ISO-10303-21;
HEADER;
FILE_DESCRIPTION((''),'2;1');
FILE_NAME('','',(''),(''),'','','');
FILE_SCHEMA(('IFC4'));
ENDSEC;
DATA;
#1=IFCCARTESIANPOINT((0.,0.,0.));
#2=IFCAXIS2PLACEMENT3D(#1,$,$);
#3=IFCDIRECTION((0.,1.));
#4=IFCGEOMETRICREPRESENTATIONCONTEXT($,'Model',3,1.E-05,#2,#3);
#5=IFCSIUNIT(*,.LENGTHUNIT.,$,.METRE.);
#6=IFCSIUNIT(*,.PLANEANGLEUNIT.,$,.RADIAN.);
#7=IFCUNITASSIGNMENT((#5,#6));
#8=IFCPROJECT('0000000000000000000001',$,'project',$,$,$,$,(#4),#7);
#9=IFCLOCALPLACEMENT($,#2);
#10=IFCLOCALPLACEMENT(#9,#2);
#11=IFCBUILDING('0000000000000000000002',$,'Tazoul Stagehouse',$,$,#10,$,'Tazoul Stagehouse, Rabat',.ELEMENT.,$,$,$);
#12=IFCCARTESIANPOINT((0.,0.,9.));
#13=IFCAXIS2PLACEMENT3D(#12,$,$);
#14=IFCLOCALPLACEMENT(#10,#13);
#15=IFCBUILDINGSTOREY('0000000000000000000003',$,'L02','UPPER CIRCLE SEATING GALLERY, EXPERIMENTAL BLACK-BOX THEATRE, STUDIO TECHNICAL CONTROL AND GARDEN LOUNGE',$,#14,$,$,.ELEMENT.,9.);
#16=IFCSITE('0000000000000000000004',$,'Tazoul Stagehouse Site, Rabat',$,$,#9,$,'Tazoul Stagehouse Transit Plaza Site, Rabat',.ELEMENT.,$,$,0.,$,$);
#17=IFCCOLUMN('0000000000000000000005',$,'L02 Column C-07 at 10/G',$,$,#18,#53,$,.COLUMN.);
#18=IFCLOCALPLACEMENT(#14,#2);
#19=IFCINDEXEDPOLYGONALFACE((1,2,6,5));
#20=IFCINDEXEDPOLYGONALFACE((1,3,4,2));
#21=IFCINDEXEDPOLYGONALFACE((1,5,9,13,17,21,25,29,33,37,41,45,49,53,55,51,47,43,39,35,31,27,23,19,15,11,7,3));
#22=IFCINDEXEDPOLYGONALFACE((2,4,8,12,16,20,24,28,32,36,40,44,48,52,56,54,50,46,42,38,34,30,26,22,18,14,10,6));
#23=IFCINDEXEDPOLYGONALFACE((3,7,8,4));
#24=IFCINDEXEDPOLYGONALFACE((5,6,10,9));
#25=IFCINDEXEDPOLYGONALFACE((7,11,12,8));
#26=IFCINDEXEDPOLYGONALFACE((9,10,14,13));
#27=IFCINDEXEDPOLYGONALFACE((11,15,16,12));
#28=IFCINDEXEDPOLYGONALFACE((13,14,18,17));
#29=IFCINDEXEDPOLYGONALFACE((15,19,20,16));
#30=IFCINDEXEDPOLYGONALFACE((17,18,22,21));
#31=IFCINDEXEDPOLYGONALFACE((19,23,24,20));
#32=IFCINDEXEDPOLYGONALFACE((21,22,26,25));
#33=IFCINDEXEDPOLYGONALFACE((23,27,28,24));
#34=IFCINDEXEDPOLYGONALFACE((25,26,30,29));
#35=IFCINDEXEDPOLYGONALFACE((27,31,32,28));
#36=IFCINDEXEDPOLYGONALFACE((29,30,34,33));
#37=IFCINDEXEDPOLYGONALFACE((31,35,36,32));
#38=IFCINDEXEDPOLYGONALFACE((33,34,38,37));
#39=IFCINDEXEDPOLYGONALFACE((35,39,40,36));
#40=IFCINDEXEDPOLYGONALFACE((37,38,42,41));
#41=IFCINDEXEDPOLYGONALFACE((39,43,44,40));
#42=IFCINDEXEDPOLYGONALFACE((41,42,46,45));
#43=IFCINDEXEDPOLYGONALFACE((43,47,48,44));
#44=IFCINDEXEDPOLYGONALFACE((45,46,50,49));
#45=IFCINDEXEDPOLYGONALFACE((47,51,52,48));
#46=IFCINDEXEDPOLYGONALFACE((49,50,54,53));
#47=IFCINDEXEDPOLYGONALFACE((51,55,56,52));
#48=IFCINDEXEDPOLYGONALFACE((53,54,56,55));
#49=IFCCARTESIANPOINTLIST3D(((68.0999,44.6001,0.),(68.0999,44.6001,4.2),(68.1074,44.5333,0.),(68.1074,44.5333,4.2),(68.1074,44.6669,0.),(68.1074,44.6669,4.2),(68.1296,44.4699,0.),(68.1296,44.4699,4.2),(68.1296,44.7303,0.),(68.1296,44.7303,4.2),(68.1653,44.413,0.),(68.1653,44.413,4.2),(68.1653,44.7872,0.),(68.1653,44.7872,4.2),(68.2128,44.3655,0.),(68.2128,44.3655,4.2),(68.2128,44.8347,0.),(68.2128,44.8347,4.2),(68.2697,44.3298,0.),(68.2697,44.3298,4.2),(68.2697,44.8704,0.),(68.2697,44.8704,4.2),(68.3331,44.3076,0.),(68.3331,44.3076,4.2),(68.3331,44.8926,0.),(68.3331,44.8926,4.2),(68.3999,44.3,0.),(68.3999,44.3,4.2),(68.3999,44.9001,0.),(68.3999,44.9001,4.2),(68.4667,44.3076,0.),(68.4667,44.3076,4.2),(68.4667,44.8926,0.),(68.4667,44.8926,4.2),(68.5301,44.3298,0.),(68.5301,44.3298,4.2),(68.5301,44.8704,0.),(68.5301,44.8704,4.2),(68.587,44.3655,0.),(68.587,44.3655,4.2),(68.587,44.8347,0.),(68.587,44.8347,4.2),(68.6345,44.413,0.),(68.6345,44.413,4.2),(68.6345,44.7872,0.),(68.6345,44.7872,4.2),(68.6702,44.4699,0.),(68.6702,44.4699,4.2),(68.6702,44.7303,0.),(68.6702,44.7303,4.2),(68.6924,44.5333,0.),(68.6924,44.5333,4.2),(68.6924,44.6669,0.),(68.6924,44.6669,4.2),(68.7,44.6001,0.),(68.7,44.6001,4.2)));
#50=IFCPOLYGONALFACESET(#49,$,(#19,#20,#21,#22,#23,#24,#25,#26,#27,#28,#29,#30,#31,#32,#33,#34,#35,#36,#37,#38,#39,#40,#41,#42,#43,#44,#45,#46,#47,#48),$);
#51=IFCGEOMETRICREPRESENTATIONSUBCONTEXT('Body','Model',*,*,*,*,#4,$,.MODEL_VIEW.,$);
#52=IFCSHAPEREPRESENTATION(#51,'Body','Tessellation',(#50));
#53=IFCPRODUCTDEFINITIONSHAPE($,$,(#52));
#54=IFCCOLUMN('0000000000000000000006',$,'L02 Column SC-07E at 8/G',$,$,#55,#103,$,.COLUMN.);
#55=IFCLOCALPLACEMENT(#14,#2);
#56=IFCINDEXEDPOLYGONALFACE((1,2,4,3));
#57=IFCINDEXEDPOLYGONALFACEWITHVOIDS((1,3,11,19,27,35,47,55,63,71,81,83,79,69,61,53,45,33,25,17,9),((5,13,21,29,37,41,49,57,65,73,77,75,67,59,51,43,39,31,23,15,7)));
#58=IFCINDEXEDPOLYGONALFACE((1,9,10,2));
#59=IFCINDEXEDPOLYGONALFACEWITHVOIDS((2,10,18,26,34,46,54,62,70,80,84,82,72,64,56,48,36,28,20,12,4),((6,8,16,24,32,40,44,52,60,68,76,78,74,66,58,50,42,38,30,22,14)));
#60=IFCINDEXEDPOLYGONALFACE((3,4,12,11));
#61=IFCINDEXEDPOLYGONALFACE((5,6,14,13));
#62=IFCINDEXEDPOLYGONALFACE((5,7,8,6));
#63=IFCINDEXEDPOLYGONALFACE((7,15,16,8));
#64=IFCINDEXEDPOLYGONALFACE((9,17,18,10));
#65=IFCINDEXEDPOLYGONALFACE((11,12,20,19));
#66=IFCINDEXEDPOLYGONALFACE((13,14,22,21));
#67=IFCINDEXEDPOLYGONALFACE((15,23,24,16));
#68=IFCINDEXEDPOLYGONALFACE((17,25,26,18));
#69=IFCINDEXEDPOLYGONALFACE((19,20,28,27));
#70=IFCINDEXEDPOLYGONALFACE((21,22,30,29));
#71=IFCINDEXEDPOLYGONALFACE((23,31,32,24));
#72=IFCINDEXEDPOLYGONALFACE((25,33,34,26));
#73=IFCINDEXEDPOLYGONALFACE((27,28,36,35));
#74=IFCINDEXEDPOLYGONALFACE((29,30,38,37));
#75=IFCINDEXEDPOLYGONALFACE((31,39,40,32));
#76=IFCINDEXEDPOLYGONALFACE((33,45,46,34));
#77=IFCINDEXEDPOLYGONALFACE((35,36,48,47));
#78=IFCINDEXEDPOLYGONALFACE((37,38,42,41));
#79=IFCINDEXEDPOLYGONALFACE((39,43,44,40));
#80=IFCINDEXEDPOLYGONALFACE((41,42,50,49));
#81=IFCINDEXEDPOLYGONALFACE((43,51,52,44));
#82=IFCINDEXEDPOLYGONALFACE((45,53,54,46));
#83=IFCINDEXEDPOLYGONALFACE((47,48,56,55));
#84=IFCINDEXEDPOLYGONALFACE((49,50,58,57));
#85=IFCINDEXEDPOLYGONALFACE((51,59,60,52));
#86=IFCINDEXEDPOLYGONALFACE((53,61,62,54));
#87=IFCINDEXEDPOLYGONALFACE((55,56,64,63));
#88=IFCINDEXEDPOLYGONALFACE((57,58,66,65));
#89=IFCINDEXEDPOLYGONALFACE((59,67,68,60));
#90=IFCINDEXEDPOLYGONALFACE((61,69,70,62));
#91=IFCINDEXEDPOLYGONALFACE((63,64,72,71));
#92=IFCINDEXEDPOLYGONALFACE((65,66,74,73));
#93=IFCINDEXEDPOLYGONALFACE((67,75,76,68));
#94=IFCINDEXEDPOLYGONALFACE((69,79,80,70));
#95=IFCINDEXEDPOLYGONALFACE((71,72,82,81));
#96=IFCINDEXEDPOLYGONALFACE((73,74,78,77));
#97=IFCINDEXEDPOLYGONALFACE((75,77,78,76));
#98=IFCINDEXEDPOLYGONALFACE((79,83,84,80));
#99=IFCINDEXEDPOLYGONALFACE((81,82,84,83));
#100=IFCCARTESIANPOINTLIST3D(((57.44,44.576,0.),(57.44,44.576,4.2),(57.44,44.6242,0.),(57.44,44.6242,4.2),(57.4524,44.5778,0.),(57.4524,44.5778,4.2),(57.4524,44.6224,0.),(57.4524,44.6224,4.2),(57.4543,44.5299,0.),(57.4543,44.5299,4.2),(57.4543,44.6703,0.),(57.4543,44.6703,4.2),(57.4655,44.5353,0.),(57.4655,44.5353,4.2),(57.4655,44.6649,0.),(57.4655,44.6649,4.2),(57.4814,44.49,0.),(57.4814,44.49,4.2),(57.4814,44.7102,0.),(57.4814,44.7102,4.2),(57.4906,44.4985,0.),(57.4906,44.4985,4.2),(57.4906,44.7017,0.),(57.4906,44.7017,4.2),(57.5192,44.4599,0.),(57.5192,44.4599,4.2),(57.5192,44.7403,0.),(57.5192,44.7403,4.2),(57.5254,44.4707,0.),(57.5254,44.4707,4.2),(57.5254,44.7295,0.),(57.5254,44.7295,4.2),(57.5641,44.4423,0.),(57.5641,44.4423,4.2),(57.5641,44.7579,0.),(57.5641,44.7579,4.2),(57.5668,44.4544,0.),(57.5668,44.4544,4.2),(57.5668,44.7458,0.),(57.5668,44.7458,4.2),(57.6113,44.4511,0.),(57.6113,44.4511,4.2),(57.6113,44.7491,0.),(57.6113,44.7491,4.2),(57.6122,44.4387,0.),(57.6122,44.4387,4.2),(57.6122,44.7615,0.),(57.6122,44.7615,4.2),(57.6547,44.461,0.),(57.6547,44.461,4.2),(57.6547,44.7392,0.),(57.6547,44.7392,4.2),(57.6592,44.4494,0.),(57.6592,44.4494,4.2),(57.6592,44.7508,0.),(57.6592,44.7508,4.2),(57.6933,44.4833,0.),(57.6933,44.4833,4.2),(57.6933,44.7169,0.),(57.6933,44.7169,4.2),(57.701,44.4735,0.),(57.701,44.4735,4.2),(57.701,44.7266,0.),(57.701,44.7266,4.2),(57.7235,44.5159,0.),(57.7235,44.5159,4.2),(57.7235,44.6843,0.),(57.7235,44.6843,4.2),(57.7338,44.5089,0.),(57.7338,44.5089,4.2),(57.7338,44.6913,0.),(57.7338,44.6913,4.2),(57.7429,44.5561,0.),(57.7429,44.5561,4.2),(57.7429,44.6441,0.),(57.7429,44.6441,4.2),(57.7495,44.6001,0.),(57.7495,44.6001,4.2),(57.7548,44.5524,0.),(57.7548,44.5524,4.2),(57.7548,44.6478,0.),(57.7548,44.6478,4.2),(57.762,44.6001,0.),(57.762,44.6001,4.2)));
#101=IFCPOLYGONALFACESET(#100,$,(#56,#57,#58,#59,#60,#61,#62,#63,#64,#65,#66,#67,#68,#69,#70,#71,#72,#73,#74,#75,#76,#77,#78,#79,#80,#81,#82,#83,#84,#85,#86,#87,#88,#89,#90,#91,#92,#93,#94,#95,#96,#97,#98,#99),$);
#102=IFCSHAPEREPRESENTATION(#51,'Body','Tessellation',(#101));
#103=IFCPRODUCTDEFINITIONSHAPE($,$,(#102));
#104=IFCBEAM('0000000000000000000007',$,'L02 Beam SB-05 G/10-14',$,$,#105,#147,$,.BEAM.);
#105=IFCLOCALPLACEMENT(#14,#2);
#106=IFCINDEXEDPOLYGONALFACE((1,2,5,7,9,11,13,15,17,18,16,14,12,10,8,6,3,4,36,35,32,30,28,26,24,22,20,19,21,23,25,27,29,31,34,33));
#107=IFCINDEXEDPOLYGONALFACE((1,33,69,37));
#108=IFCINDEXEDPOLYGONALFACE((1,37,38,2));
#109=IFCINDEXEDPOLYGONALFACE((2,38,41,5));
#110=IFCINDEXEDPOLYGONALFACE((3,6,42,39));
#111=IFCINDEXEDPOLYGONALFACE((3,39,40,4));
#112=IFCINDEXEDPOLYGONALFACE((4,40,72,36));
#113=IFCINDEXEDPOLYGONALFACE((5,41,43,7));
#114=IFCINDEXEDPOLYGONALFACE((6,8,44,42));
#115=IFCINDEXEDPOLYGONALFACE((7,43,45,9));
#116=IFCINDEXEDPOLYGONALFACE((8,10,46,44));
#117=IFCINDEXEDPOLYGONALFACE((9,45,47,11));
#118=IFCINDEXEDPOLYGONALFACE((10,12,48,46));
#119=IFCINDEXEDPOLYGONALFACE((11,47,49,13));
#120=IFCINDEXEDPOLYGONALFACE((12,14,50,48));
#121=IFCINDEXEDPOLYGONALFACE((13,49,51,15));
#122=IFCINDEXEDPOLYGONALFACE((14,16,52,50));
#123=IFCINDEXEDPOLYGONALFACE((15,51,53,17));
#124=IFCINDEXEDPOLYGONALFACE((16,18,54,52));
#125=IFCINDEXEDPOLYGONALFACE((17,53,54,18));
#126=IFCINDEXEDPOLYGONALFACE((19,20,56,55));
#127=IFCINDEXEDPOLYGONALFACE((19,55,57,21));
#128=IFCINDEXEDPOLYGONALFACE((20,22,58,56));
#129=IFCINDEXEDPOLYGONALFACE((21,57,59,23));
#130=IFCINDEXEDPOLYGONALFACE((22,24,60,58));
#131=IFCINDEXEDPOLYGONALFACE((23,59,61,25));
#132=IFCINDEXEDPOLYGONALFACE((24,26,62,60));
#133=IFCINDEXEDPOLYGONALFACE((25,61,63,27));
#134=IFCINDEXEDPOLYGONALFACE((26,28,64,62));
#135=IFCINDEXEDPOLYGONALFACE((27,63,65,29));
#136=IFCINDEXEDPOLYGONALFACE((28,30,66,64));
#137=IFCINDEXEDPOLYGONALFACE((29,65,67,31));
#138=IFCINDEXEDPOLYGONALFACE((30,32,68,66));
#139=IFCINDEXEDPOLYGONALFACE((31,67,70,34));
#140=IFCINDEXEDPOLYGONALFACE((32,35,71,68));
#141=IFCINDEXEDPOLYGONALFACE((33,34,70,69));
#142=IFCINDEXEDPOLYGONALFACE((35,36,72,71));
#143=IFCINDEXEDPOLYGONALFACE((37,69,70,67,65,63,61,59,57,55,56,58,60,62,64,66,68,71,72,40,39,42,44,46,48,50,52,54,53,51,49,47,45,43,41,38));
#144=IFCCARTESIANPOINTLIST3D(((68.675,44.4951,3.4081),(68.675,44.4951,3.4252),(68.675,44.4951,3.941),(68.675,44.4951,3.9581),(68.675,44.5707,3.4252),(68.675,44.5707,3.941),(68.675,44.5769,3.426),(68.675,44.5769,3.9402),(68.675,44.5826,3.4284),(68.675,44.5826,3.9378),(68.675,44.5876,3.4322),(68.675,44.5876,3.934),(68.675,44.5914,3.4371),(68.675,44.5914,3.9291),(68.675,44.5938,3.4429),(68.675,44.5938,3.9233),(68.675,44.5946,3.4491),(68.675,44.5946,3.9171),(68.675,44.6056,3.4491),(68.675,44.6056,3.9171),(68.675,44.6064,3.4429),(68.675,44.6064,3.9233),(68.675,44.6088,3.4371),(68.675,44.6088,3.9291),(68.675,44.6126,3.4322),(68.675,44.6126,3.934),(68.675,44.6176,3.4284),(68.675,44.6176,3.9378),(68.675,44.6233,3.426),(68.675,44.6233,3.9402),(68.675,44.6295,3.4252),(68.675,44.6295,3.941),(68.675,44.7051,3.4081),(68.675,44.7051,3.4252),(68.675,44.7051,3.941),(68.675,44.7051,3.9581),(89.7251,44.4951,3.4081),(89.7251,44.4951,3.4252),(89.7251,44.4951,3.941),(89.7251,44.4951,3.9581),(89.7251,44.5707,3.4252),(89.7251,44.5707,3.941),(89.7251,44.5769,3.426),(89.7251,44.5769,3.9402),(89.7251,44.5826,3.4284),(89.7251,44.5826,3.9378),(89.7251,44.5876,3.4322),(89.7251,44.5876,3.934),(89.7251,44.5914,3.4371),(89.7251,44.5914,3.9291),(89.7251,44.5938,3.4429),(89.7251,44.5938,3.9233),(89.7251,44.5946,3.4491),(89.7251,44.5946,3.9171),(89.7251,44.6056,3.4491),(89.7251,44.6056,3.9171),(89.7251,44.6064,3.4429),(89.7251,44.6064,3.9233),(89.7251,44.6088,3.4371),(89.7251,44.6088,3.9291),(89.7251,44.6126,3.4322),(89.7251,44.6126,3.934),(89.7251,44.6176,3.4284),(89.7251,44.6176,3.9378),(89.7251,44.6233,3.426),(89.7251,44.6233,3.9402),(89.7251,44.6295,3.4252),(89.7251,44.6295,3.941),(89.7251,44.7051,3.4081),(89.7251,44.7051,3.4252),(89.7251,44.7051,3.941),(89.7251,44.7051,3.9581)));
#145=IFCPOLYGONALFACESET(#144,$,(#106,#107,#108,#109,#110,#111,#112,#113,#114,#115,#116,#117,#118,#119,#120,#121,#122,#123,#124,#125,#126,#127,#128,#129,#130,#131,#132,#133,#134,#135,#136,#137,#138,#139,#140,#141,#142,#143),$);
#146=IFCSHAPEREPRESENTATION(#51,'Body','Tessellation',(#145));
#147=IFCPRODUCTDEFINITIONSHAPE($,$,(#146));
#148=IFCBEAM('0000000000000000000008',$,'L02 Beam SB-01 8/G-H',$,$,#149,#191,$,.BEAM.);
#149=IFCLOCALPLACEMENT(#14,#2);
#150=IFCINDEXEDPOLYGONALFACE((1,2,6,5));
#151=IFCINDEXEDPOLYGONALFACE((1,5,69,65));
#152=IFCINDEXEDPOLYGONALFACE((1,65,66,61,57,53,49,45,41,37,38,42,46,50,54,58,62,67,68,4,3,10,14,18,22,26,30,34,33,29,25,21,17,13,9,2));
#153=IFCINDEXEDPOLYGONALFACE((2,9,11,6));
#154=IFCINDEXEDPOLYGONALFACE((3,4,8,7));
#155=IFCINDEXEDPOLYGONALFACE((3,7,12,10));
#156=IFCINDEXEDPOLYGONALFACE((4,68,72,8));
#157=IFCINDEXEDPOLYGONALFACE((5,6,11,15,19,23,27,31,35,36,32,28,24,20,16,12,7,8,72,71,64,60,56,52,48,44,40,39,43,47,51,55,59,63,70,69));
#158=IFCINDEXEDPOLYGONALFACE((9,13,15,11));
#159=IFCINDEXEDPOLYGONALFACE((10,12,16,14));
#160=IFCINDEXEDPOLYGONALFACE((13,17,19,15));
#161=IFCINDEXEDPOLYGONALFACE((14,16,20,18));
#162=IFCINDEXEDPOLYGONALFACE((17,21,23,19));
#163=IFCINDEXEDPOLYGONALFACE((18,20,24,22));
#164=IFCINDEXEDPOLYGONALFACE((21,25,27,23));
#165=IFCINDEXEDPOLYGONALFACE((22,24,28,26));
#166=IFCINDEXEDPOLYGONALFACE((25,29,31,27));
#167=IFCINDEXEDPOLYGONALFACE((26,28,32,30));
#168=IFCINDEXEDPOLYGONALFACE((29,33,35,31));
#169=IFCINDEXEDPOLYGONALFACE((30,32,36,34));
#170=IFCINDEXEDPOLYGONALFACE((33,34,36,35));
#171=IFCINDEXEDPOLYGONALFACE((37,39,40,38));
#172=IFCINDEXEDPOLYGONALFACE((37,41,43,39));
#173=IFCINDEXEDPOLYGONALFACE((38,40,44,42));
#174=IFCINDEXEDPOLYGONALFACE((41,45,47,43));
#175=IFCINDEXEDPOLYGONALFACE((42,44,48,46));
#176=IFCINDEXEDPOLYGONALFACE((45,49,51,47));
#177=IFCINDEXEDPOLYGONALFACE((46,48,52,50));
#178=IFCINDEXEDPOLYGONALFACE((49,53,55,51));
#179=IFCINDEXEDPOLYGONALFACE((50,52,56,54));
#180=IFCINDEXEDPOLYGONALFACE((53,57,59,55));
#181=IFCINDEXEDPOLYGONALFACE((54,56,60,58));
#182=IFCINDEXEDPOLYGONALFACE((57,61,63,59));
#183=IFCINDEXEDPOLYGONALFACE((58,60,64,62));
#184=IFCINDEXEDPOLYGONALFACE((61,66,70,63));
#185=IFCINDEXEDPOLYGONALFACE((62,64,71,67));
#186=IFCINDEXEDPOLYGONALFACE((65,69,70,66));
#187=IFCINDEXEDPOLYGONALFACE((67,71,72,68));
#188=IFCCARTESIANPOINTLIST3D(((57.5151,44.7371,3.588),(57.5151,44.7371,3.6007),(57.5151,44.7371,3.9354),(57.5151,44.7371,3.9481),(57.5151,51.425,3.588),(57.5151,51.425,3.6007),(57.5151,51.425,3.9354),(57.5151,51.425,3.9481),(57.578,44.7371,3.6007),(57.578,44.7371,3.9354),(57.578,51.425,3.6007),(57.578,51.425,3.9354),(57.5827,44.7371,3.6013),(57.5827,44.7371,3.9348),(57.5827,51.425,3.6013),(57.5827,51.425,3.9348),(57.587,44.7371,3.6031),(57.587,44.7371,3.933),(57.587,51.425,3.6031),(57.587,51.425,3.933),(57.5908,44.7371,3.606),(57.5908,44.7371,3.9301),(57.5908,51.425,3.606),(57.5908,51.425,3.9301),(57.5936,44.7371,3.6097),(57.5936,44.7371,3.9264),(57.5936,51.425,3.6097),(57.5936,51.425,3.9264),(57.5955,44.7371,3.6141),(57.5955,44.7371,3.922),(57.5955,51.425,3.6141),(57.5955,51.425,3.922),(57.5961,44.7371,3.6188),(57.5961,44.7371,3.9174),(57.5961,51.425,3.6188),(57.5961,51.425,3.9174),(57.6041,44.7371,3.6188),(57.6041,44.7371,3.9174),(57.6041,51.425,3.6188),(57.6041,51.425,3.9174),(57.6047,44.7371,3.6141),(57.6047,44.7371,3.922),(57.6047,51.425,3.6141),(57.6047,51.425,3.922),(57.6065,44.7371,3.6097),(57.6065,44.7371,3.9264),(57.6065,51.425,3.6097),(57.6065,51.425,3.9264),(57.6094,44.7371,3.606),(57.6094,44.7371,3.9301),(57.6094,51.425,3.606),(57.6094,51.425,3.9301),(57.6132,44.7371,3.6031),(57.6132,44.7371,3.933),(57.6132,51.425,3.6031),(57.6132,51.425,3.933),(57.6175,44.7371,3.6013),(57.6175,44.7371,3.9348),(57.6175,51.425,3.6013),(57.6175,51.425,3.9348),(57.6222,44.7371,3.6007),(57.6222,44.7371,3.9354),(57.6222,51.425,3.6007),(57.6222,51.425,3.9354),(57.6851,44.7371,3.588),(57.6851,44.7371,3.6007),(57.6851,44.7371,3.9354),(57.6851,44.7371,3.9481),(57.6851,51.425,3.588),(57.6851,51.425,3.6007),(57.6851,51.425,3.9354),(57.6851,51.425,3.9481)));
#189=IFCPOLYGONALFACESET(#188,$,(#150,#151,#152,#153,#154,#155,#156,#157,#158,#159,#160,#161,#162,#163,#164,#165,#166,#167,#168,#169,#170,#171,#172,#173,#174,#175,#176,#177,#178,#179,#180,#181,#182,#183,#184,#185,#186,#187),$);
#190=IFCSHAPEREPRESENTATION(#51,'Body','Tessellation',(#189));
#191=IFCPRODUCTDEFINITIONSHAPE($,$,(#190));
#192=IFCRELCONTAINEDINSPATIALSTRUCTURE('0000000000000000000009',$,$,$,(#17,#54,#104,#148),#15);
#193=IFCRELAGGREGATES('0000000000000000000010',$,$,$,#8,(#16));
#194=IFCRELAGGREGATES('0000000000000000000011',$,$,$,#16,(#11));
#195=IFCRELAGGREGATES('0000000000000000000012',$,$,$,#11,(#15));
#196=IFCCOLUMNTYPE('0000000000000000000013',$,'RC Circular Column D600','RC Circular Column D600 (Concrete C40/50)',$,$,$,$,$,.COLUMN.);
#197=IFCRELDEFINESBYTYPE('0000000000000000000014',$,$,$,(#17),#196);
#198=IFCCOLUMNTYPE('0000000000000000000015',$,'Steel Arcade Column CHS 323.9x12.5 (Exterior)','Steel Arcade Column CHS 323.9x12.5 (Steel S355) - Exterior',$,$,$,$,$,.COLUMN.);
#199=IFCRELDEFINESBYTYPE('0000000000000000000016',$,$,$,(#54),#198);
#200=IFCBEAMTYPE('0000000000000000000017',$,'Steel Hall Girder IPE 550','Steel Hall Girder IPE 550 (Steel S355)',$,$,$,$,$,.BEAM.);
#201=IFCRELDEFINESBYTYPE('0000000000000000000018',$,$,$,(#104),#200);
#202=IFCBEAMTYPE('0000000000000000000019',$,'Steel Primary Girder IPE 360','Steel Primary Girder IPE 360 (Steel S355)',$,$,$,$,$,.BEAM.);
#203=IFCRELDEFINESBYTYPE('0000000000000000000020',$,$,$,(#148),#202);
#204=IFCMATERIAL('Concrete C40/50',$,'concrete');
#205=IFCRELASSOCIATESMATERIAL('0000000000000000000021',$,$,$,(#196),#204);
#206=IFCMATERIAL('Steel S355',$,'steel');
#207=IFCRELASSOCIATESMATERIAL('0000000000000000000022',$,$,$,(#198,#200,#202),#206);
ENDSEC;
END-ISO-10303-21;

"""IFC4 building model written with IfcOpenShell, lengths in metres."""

from ifc_helpers import new_model, si_unit, direction, frame, origin, origin_2d, place, context, subcontext, project, spatial, circle, hollow_circle, i_section, extrude, material, material_profile, profile_set, type_object, element, save


model = new_model("IFC4")

# Units and contexts
model_context = context("Model", 3, precision=1e-05, world=origin(), true_north=direction((0.0, 1.0)))
body_context = subcontext(model_context, "Body", "Model", "MODEL_VIEW")
ifc_project = project(units=[si_unit("LENGTHUNIT", "METRE"), si_unit("PLANEANGLEUNIT", "RADIAN")], contexts=[model_context])

# Site, building, storey
site_placement = place(None, origin())
site = spatial("IfcSite", under=ifc_project, at=site_placement, Name="Tazoul Stagehouse Site, Rabat", LongName="Tazoul Stagehouse Transit Plaza Site, Rabat", CompositionType="ELEMENT", RefElevation=0.0)
building_placement = place(site_placement, origin())
building = spatial("IfcBuilding", under=site, at=building_placement, Name="Tazoul Stagehouse", LongName="Tazoul Stagehouse, Rabat", CompositionType="ELEMENT")
storey_placement = place(building_placement, frame((0.0, 0.0, 9.0)))
storey = spatial("IfcBuildingStorey", under=building, at=storey_placement, Name="L02", Description="UPPER CIRCLE SEATING GALLERY, EXPERIMENTAL BLACK-BOX THEATRE, STUDIO TECHNICAL CONTROL AND GARDEN LOUNGE", CompositionType="ELEMENT", Elevation=9.0)

# Columns
ifc_material_1 = material(Name="Concrete C40/50", Category="concrete")
ifc_material_profile_1 = material_profile(ifc_material_1, circle(Radius=0.3, at=origin_2d()), Name="RC D600")
ifc_profile_set_1 = profile_set([ifc_material_profile_1], Name="Concrete C40/50")
column_type_1 = type_object("IfcColumnType", Name="RC Circular Column D600", Description="RC Circular Column D600 (Concrete C40/50)", PredefinedType="COLUMN", material=ifc_profile_set_1)
column_1_placement = place(storey_placement, frame((68.3999, 44.6001, 0.0), z_axis=(0.0, 0.0, 1.0), x_axis=(1.0, 0.0, 0.0)))
element("IfcColumn", 1, at=column_1_placement, inside=storey, type_object=column_type_1, Name="L02 Column C-07 at 10/G", PredefinedType="COLUMN", context=body_context, shape_type="SweptSolid", body=[
    extrude(circle(Radius=0.3, at=origin_2d()), origin(), (0.0, 0.0, 1.0), 4.2),
])
ifc_material_2 = material(Name="Steel S355", Category="steel")
ifc_material_profile_2 = material_profile(ifc_material_2, hollow_circle(Radius=0.1619, WallThickness=0.0125, at=origin_2d()), Name="CHS 323.9x12.5")
ifc_profile_set_2 = profile_set([ifc_material_profile_2], Name="Steel S355")
column_type_2 = type_object("IfcColumnType", Name="Steel Arcade Column CHS 323.9x12.5 (Exterior)", Description="Steel Arcade Column CHS 323.9x12.5 (Steel S355) - Exterior", PredefinedType="COLUMN", material=ifc_profile_set_2)
column_2_placement = place(storey_placement, frame((57.6001, 44.6001, 0.0), z_axis=(0.0, 0.0, 1.0), x_axis=(1.0, 0.0, 0.0)))
element("IfcColumn", 2, at=column_2_placement, inside=storey, type_object=column_type_2, Name="L02 Column SC-07E at 8/G", PredefinedType="COLUMN", context=body_context, shape_type="SweptSolid", body=[
    extrude(hollow_circle(Radius=0.1619, WallThickness=0.0125, at=origin_2d()), origin(), (0.0, 0.0, 1.0), 4.2),
])

# Beams
ifc_material_profile_3 = material_profile(ifc_material_2, i_section(OverallWidth=0.21, OverallDepth=0.55, WebThickness=0.011, FlangeThickness=0.0171, FilletRadius=0.0239, at=origin_2d()), Name="IPE 550")
ifc_profile_set_3 = profile_set([ifc_material_profile_3], Name="Steel S355")
beam_type_1 = type_object("IfcBeamType", Name="Steel Hall Girder IPE 550", Description="Steel Hall Girder IPE 550 (Steel S355)", PredefinedType="BEAM", material=ifc_profile_set_3)
beam_1_placement = place(storey_placement, frame((68.675, 44.6001, 3.6831), z_axis=(1.0, 0.0, 0.0), x_axis=(0.0, 1.0, 0.0)))
element("IfcBeam", 3, at=beam_1_placement, inside=storey, type_object=beam_type_1, Name="L02 Beam SB-05 G/10-14", PredefinedType="BEAM", context=body_context, shape_type="SweptSolid", body=[
    extrude(i_section(OverallWidth=0.21, OverallDepth=0.55, WebThickness=0.011, FlangeThickness=0.0171, FilletRadius=0.0239, at=origin_2d()), origin(), (0.0, 0.0, 1.0), 21.05),
])
ifc_material_profile_4 = material_profile(ifc_material_2, i_section(OverallWidth=0.1699, OverallDepth=0.3601, WebThickness=0.0081, FlangeThickness=0.0127, FilletRadius=0.0181, at=origin_2d()), Name="IPE 360")
ifc_profile_set_4 = profile_set([ifc_material_profile_4], Name="Steel S355")
beam_type_2 = type_object("IfcBeamType", Name="Steel Primary Girder IPE 360", Description="Steel Primary Girder IPE 360 (Steel S355)", PredefinedType="BEAM", material=ifc_profile_set_4)
beam_2_placement = place(storey_placement, frame((57.6001, 44.7371, 3.7681), z_axis=(0.0, 1.0, 0.0), x_axis=(-1.0, 0.0, 0.0)))
element("IfcBeam", 4, at=beam_2_placement, inside=storey, type_object=beam_type_2, Name="L02 Beam SB-01 8/G-H", PredefinedType="BEAM", context=body_context, shape_type="SweptSolid", body=[
    extrude(i_section(OverallWidth=0.1699, OverallDepth=0.3601, WebThickness=0.0081, FlangeThickness=0.0127, FilletRadius=0.0181, at=origin_2d()), origin(), (0.0, 0.0, 1.0), 6.688),
])

save(model, "model.ifc")
